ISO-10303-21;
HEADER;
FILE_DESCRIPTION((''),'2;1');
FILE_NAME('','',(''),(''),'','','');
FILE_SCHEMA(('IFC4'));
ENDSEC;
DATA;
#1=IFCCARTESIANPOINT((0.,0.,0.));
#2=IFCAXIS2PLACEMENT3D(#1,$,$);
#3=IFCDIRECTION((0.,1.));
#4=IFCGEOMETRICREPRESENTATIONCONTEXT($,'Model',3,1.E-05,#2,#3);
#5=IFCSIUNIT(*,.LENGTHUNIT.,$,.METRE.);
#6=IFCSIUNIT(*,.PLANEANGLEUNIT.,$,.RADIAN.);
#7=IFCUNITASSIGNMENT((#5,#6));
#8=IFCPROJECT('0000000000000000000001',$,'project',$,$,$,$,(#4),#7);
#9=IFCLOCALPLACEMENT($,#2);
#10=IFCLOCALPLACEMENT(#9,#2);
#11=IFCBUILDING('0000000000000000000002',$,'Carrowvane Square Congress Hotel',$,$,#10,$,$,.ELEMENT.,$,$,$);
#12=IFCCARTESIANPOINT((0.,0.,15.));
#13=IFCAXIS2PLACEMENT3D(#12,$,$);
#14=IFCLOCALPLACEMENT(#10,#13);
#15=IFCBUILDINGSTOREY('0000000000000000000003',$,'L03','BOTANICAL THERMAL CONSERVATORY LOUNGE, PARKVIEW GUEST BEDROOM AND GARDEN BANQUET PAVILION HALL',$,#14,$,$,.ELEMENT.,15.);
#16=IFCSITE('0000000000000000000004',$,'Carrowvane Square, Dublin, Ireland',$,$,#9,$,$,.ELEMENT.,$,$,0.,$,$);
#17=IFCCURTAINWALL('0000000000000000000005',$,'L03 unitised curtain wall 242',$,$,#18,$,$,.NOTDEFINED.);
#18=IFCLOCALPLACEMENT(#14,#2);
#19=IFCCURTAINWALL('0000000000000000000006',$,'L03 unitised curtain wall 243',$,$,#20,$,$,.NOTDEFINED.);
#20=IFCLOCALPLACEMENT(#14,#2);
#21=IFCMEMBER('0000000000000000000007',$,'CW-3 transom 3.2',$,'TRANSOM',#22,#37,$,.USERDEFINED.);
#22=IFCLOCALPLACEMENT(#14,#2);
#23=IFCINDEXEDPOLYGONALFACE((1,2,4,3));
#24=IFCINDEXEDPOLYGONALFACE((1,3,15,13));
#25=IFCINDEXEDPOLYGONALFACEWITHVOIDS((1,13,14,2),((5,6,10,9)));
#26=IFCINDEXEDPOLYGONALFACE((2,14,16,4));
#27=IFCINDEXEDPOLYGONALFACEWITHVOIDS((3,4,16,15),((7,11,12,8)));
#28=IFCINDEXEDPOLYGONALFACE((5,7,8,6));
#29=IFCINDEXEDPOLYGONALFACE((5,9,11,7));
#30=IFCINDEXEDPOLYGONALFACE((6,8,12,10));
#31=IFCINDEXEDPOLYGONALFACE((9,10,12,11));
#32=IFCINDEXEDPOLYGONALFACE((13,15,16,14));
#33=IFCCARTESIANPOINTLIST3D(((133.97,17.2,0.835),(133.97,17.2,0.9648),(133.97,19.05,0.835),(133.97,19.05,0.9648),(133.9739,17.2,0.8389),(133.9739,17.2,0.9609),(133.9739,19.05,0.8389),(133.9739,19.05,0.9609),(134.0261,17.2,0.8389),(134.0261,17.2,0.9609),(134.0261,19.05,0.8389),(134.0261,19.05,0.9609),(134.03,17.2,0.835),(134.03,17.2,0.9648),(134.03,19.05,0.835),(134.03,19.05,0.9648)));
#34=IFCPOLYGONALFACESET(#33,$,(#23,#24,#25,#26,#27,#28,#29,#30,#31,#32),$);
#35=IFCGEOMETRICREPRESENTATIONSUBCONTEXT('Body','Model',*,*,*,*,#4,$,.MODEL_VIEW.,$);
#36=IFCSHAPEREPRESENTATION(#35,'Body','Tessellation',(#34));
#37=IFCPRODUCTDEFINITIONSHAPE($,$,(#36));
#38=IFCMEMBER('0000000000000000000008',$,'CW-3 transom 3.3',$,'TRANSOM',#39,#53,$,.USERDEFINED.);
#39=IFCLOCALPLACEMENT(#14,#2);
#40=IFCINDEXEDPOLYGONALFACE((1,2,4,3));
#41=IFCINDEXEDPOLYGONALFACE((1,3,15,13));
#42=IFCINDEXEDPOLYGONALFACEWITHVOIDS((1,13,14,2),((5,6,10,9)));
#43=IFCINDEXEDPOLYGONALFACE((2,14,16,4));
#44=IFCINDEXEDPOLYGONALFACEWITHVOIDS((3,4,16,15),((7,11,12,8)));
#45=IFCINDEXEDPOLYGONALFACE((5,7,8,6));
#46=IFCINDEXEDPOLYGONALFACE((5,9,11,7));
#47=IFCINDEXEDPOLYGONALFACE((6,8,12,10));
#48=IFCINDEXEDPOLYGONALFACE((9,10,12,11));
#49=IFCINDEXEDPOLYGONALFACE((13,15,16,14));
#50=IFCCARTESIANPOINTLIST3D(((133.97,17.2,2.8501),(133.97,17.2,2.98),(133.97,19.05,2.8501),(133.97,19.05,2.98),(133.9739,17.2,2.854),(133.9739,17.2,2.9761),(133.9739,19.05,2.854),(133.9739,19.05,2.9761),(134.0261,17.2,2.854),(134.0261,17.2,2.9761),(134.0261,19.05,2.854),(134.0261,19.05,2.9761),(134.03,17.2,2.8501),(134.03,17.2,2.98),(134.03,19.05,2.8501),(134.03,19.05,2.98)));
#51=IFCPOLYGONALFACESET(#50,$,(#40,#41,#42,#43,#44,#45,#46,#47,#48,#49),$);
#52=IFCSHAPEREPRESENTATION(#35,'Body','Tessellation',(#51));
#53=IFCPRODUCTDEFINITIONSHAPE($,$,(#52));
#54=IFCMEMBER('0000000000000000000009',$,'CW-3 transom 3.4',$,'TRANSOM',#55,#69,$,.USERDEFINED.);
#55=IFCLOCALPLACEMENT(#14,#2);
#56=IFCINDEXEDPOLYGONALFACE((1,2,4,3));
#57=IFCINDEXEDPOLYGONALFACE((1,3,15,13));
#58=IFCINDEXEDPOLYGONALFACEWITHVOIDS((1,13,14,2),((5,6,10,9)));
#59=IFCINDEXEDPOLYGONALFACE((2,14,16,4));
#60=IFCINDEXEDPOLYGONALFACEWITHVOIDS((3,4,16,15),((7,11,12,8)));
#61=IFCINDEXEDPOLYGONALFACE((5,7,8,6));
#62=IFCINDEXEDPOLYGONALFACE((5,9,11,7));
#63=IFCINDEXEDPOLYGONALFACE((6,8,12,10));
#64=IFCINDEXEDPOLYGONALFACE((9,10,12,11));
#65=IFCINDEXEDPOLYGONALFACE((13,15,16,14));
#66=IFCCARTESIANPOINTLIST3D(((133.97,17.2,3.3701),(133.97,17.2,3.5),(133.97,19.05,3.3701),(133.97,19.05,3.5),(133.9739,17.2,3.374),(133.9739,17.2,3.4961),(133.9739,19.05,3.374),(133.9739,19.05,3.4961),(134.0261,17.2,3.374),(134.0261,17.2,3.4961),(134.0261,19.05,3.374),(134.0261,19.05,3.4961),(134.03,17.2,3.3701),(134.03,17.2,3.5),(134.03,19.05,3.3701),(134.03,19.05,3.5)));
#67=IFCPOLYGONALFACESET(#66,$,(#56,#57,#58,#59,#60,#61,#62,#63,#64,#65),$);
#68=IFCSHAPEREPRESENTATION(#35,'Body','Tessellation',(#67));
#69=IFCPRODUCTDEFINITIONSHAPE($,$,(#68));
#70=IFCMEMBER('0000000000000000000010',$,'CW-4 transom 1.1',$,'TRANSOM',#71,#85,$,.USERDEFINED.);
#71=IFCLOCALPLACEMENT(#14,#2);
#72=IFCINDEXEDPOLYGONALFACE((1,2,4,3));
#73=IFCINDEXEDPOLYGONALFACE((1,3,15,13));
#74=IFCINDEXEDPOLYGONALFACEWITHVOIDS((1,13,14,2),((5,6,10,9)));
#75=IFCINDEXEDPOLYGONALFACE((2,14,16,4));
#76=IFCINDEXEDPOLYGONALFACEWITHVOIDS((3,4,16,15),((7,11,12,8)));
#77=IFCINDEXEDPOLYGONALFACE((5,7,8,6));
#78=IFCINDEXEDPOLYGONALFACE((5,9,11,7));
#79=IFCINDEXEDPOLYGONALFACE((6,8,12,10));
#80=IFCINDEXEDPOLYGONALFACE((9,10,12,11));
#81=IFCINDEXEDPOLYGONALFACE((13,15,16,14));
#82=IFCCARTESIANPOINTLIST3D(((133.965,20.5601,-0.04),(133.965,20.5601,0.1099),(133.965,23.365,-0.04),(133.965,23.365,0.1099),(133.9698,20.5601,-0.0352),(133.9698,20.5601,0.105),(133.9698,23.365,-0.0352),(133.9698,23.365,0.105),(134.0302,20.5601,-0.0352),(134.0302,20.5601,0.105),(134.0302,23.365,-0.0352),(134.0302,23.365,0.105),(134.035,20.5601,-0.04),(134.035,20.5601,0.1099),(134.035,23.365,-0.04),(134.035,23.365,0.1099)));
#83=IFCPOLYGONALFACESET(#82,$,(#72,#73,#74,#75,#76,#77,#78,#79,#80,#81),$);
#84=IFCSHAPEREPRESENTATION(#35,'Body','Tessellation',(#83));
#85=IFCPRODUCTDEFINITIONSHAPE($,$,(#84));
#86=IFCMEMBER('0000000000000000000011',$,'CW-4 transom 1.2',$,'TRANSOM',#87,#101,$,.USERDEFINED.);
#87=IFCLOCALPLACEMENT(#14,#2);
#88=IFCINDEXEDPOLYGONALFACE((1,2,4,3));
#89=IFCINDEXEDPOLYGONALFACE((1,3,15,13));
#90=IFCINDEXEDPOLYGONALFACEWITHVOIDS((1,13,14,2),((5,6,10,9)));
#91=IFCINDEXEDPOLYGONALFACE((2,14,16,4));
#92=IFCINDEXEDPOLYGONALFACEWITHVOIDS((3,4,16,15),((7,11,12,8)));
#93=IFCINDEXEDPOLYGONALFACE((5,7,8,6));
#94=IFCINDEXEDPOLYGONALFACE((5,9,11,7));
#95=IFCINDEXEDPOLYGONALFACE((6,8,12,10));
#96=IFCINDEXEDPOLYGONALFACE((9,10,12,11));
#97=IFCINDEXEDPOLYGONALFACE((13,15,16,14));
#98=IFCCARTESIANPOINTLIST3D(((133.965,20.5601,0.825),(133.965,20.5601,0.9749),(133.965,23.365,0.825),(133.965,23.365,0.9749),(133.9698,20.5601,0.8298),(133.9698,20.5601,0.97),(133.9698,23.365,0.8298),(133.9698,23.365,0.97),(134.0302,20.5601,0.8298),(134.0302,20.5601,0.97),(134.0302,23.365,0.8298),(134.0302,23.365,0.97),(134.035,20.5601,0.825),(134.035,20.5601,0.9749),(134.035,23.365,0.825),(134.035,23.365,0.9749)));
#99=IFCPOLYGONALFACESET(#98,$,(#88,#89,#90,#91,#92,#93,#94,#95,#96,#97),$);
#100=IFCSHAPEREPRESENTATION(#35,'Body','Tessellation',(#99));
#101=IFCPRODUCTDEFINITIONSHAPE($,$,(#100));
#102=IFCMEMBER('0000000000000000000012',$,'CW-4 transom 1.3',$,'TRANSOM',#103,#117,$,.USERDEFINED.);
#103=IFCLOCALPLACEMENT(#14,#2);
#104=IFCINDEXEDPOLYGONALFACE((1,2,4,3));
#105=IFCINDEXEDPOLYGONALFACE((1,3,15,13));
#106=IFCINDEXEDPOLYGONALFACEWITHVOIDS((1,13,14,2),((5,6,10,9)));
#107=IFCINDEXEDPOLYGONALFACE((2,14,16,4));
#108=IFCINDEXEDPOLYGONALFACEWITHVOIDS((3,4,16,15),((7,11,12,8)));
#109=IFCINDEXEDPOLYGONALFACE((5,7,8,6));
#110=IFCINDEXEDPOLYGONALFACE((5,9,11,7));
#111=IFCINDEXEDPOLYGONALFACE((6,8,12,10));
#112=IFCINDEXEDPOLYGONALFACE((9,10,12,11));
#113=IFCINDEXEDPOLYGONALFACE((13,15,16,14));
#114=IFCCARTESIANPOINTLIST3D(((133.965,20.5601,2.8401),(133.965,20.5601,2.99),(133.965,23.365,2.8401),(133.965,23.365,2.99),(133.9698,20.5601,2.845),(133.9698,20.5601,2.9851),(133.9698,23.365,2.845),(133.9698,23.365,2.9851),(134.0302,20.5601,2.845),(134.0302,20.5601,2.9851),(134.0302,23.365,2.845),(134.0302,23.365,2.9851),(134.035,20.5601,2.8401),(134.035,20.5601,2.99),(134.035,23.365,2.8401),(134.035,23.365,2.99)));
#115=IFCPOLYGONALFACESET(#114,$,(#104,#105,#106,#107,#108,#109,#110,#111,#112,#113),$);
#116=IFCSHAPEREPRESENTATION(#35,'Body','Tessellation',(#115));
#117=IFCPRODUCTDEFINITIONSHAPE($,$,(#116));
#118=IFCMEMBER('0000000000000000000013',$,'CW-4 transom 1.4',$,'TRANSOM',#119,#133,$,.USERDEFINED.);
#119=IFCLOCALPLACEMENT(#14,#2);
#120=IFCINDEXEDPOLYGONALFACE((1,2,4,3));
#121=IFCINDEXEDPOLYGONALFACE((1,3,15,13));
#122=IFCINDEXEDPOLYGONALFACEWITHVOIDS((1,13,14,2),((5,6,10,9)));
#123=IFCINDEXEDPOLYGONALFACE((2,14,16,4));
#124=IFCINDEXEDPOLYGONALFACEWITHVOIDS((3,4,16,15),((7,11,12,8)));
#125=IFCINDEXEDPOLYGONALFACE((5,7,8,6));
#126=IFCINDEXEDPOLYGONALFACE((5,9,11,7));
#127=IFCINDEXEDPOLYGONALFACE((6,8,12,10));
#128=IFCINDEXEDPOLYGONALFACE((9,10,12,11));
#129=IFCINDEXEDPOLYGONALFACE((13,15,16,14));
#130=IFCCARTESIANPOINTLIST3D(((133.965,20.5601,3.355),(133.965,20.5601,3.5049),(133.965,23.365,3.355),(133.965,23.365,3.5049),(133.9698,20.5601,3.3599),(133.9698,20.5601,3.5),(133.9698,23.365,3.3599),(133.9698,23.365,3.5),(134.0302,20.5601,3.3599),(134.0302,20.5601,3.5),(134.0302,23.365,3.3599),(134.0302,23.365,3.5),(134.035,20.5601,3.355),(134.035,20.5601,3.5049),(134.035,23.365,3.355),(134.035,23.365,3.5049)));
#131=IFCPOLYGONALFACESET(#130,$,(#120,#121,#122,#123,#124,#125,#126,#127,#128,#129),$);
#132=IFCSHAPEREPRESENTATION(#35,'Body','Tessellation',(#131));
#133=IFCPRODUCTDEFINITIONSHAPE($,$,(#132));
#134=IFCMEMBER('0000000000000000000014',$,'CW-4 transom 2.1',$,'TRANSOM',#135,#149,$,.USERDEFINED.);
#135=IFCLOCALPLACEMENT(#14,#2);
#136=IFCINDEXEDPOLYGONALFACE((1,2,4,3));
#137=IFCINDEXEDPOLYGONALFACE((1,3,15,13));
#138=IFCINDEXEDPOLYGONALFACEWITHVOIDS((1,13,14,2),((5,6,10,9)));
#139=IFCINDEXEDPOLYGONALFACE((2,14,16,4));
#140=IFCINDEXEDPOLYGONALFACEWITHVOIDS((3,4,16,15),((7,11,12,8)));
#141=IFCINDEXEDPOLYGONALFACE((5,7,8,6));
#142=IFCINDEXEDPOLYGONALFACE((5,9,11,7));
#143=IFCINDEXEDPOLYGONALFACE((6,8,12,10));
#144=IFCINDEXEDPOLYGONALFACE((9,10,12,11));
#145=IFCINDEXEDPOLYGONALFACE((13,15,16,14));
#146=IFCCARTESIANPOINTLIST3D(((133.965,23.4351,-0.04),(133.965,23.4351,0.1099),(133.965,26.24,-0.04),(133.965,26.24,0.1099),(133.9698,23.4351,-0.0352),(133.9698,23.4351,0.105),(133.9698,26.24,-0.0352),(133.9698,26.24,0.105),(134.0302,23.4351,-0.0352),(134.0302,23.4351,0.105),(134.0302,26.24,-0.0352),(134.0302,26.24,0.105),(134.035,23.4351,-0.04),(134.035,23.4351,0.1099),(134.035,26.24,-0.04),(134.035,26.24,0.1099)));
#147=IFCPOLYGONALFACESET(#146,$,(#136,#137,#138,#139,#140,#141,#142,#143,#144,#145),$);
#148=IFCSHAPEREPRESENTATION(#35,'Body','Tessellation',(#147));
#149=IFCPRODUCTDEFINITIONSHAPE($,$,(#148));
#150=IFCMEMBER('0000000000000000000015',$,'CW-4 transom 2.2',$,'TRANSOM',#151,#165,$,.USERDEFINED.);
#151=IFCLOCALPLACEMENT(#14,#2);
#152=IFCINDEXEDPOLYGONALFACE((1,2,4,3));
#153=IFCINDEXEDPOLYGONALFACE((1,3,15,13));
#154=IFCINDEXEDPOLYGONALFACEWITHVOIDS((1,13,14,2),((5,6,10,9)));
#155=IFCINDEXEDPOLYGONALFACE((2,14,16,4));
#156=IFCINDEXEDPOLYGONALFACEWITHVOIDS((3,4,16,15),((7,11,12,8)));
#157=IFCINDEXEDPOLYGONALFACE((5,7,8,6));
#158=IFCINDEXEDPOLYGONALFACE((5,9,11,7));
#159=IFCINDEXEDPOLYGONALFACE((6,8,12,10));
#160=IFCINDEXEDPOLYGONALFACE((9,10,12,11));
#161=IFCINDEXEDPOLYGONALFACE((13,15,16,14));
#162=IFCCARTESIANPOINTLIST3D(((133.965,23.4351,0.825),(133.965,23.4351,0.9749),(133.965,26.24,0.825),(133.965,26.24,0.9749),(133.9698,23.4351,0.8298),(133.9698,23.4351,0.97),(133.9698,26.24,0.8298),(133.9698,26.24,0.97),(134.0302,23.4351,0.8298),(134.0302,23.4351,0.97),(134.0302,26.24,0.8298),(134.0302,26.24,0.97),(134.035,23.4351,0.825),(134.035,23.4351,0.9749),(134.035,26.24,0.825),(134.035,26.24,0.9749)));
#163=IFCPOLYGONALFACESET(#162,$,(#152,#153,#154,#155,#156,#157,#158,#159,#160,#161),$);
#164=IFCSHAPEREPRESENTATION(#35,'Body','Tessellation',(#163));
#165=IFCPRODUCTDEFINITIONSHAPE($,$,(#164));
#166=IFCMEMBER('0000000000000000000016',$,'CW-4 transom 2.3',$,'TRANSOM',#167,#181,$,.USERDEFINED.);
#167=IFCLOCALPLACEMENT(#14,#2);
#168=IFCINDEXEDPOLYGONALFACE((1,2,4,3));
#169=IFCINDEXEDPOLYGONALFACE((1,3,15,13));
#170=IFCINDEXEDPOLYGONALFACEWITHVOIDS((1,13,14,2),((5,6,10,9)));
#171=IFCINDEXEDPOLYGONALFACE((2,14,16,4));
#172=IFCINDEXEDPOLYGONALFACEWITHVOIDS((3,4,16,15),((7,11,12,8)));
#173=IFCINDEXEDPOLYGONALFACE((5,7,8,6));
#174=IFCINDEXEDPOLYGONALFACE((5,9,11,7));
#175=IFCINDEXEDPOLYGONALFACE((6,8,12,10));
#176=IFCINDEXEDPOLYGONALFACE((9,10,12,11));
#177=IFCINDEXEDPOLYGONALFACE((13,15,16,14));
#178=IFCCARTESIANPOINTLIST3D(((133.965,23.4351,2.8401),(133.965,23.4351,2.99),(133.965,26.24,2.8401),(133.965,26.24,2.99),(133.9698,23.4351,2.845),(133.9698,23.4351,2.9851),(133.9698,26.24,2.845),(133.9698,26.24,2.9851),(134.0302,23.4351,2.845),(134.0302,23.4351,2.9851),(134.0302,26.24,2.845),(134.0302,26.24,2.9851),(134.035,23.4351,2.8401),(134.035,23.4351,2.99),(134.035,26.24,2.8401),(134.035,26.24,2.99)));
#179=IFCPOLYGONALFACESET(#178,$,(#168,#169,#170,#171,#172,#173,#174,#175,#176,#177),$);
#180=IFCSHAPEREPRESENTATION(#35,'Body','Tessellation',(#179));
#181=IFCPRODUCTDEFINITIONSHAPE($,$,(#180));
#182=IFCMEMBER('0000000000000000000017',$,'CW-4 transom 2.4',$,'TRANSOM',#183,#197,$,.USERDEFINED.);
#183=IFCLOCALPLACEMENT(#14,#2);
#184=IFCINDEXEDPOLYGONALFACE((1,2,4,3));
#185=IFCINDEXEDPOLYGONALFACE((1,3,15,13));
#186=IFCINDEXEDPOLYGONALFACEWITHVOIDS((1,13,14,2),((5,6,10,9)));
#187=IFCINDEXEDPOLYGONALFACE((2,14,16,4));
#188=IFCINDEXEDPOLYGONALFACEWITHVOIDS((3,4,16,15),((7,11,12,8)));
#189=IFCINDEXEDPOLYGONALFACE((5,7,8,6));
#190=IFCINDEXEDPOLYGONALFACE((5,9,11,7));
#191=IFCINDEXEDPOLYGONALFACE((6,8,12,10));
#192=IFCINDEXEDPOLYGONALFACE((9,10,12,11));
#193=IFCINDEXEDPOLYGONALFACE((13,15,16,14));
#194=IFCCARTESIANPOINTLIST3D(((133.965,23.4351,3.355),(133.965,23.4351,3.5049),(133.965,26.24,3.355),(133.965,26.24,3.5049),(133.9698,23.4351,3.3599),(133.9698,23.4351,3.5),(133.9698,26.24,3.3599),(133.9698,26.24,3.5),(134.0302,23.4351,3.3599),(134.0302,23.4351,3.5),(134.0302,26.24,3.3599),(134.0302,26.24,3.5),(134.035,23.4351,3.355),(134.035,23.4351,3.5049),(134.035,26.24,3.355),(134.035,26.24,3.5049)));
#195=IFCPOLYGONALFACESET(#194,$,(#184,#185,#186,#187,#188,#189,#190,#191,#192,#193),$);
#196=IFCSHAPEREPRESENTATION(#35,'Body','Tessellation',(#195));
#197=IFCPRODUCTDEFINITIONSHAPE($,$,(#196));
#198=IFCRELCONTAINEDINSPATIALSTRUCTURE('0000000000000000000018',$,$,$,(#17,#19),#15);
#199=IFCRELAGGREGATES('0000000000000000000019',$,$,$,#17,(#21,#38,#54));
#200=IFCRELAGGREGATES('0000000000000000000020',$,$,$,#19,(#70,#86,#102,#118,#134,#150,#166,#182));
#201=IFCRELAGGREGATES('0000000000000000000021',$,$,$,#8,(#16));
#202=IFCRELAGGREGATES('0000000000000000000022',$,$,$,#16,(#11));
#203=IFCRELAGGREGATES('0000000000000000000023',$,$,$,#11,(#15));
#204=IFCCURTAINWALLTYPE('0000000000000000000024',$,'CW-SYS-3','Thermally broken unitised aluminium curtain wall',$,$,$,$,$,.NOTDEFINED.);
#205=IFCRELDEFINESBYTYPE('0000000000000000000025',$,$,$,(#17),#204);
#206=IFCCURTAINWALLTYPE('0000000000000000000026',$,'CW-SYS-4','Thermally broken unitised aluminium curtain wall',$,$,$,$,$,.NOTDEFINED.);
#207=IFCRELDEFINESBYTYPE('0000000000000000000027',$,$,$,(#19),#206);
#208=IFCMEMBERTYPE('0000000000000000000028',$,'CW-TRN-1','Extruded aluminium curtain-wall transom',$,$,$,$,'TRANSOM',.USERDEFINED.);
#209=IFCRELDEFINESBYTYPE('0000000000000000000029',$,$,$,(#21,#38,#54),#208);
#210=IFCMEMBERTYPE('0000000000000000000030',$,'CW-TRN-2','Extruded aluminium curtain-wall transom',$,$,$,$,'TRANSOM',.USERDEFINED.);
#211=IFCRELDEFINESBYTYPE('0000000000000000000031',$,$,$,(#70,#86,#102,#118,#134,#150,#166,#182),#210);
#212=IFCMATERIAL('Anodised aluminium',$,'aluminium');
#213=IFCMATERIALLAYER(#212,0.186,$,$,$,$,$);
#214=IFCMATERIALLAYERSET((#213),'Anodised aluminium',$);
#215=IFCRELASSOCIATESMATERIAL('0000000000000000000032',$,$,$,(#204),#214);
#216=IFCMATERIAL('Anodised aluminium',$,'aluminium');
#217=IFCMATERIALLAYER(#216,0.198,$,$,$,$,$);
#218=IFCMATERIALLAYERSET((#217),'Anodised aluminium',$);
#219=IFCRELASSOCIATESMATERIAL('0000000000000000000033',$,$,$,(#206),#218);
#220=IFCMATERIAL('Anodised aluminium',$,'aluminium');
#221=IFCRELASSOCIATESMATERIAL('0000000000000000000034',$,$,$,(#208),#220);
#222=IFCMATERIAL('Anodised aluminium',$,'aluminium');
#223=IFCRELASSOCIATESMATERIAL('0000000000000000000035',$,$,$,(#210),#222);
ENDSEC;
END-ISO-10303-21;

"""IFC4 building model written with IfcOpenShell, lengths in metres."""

from ifc_helpers import new_model, si_unit, direction, frame, origin, origin_2d, place, context, subcontext, project, spatial, hollow_rectangle, extrude, material, layer, layer_set, material_profile, profile_set, type_object, element, aggregate, save


model = new_model("IFC4")

# Units and contexts
model_context = context("Model", 3, precision=1e-05, world=origin(), true_north=direction((0.0, 1.0)))
body_context = subcontext(model_context, "Body", "Model", "MODEL_VIEW")
ifc_project = project(units=[si_unit("LENGTHUNIT", "METRE"), si_unit("PLANEANGLEUNIT", "RADIAN")], contexts=[model_context])

# Site, building, storey
site_placement = place(None, origin())
site = spatial("IfcSite", under=ifc_project, at=site_placement, Name="Carrowvane Square, Dublin, Ireland", CompositionType="ELEMENT", RefElevation=0.0)
building_placement = place(site_placement, origin())
building = spatial("IfcBuilding", under=site, at=building_placement, Name="Carrowvane Square Congress Hotel", CompositionType="ELEMENT")
storey_placement = place(building_placement, frame((0.0, 0.0, 15.0)))
storey = spatial("IfcBuildingStorey", under=building, at=storey_placement, Name="L03", Description="BOTANICAL THERMAL CONSERVATORY LOUNGE, PARKVIEW GUEST BEDROOM AND GARDEN BANQUET PAVILION HALL", CompositionType="ELEMENT", Elevation=15.0)

# Curtain wall
ifc_material_1 = material(Name="Anodised aluminium", Category="aluminium")
ifc_layer_1 = layer(ifc_material_1, 0.186)
ifc_layer_set_1 = layer_set([ifc_layer_1], Name="Anodised aluminium")
curtain_wall_type_1 = type_object("IfcCurtainWallType", Name="CW-SYS-3", Description="Thermally broken unitised aluminium curtain wall", PredefinedType="NOTDEFINED", material=ifc_layer_set_1)
curtain_wall_1_placement = place(storey_placement, origin())
curtain_wall_1 = element("IfcCurtainWall", 1, at=curtain_wall_1_placement, inside=storey, type_object=curtain_wall_type_1, Name="L03 unitised curtain wall 242", PredefinedType="NOTDEFINED")

# Curtain wall
ifc_material_2 = material(Name="Anodised aluminium", Category="aluminium")
ifc_layer_2 = layer(ifc_material_2, 0.198)
ifc_layer_set_2 = layer_set([ifc_layer_2], Name="Anodised aluminium")
curtain_wall_type_2 = type_object("IfcCurtainWallType", Name="CW-SYS-4", Description="Thermally broken unitised aluminium curtain wall", PredefinedType="NOTDEFINED", material=ifc_layer_set_2)
curtain_wall_2_placement = place(storey_placement, origin())
curtain_wall_2 = element("IfcCurtainWall", 2, at=curtain_wall_2_placement, inside=storey, type_object=curtain_wall_type_2, Name="L03 unitised curtain wall 243", PredefinedType="NOTDEFINED")

# Members
ifc_material_3 = material(Name="Anodised aluminium", Category="aluminium")
ifc_material_profile_1 = material_profile(ifc_material_3, hollow_rectangle(XDim=0.0601, YDim=0.1299, WallThickness=0.0039, at=origin_2d()), Name="CW-TR 60x130x4")
ifc_profile_set_1 = profile_set([ifc_material_profile_1], Name="Anodised aluminium")
member_type_1 = type_object("IfcMemberType", Name="CW-TRN-1", Description="Extruded aluminium curtain-wall transom", ElementType="TRANSOM", PredefinedType="USERDEFINED", material=ifc_profile_set_1)
member_1_placement = place(storey_placement, frame((134.0, 17.2, 0.8999), z_axis=(0.0, 1.0, 0.0), x_axis=(-1.0, 0.0, 0.0)))
member_1 = element("IfcMember", 3, at=member_1_placement, type_object=member_type_1, Name="CW-3 transom 3.2", ObjectType="TRANSOM", PredefinedType="USERDEFINED", context=body_context, shape_type="SweptSolid", body=[
    extrude(hollow_rectangle(XDim=0.0601, YDim=0.1299, WallThickness=0.0039, at=origin_2d()), origin(), (0.0, 0.0, 1.0), 1.8501),
])
member_2_placement = place(storey_placement, frame((134.0, 17.2, 2.915), z_axis=(0.0, 1.0, 0.0), x_axis=(-1.0, 0.0, 0.0)))
member_2 = element("IfcMember", 4, at=member_2_placement, type_object=member_type_1, Name="CW-3 transom 3.3", ObjectType="TRANSOM", PredefinedType="USERDEFINED", context=body_context, shape_type="SweptSolid", body=[
    extrude(hollow_rectangle(XDim=0.0601, YDim=0.1299, WallThickness=0.0039, at=origin_2d()), origin(), (0.0, 0.0, 1.0), 1.8501),
])
member_3_placement = place(storey_placement, frame((134.0, 17.2, 3.4351), z_axis=(0.0, 1.0, 0.0), x_axis=(-1.0, 0.0, 0.0)))
member_3 = element("IfcMember", 5, at=member_3_placement, type_object=member_type_1, Name="CW-3 transom 3.4", ObjectType="TRANSOM", PredefinedType="USERDEFINED", context=body_context, shape_type="SweptSolid", body=[
    extrude(hollow_rectangle(XDim=0.0601, YDim=0.1299, WallThickness=0.0039, at=origin_2d()), origin(), (0.0, 0.0, 1.0), 1.8501),
])
ifc_material_4 = material(Name="Anodised aluminium", Category="aluminium")
ifc_material_profile_2 = material_profile(ifc_material_4, hollow_rectangle(XDim=0.0701, YDim=0.1499, WallThickness=0.0049, at=origin_2d()), Name="CW-TR 70x150x5")
ifc_profile_set_2 = profile_set([ifc_material_profile_2], Name="Anodised aluminium")
member_type_2 = type_object("IfcMemberType", Name="CW-TRN-2", Description="Extruded aluminium curtain-wall transom", ElementType="TRANSOM", PredefinedType="USERDEFINED", material=ifc_profile_set_2)
member_4_placement = place(storey_placement, frame((134.0, 20.5601, 0.0349), z_axis=(0.0, 1.0, 0.0), x_axis=(-1.0, 0.0, 0.0)))
member_4 = element("IfcMember", 6, at=member_4_placement, type_object=member_type_2, Name="CW-4 transom 1.1", ObjectType="TRANSOM", PredefinedType="USERDEFINED", context=body_context, shape_type="SweptSolid", body=[
    extrude(hollow_rectangle(XDim=0.0701, YDim=0.1499, WallThickness=0.0049, at=origin_2d()), origin(), (0.0, 0.0, 1.0), 2.8049),
])
member_5_placement = place(storey_placement, frame((134.0, 20.5601, 0.8999), z_axis=(0.0, 1.0, 0.0), x_axis=(-1.0, 0.0, 0.0)))
member_5 = element("IfcMember", 7, at=member_5_placement, type_object=member_type_2, Name="CW-4 transom 1.2", ObjectType="TRANSOM", PredefinedType="USERDEFINED", context=body_context, shape_type="SweptSolid", body=[
    extrude(hollow_rectangle(XDim=0.0701, YDim=0.1499, WallThickness=0.0049, at=origin_2d()), origin(), (0.0, 0.0, 1.0), 2.8049),
])
member_6_placement = place(storey_placement, frame((134.0, 20.5601, 2.915), z_axis=(0.0, 1.0, 0.0), x_axis=(-1.0, 0.0, 0.0)))
member_6 = element("IfcMember", 8, at=member_6_placement, type_object=member_type_2, Name="CW-4 transom 1.3", ObjectType="TRANSOM", PredefinedType="USERDEFINED", context=body_context, shape_type="SweptSolid", body=[
    extrude(hollow_rectangle(XDim=0.0701, YDim=0.1499, WallThickness=0.0049, at=origin_2d()), origin(), (0.0, 0.0, 1.0), 2.8049),
])
member_7_placement = place(storey_placement, frame((134.0, 20.5601, 3.4299), z_axis=(0.0, 1.0, 0.0), x_axis=(-1.0, 0.0, 0.0)))
member_7 = element("IfcMember", 9, at=member_7_placement, type_object=member_type_2, Name="CW-4 transom 1.4", ObjectType="TRANSOM", PredefinedType="USERDEFINED", context=body_context, shape_type="SweptSolid", body=[
    extrude(hollow_rectangle(XDim=0.0701, YDim=0.1499, WallThickness=0.0049, at=origin_2d()), origin(), (0.0, 0.0, 1.0), 2.8049),
])
member_8_placement = place(storey_placement, frame((134.0, 23.4351, 0.0349), z_axis=(0.0, 1.0, 0.0), x_axis=(-1.0, 0.0, 0.0)))
member_8 = element("IfcMember", 10, at=member_8_placement, type_object=member_type_2, Name="CW-4 transom 2.1", ObjectType="TRANSOM", PredefinedType="USERDEFINED", context=body_context, shape_type="SweptSolid", body=[
    extrude(hollow_rectangle(XDim=0.0701, YDim=0.1499, WallThickness=0.0049, at=origin_2d()), origin(), (0.0, 0.0, 1.0), 2.8049),
])
member_9_placement = place(storey_placement, frame((134.0, 23.4351, 0.8999), z_axis=(0.0, 1.0, 0.0), x_axis=(-1.0, 0.0, 0.0)))
member_9 = element("IfcMember", 11, at=member_9_placement, type_object=member_type_2, Name="CW-4 transom 2.2", ObjectType="TRANSOM", PredefinedType="USERDEFINED", context=body_context, shape_type="SweptSolid", body=[
    extrude(hollow_rectangle(XDim=0.0701, YDim=0.1499, WallThickness=0.0049, at=origin_2d()), origin(), (0.0, 0.0, 1.0), 2.8049),
])
member_10_placement = place(storey_placement, frame((134.0, 23.4351, 2.915), z_axis=(0.0, 1.0, 0.0), x_axis=(-1.0, 0.0, 0.0)))
member_10 = element("IfcMember", 12, at=member_10_placement, type_object=member_type_2, Name="CW-4 transom 2.3", ObjectType="TRANSOM", PredefinedType="USERDEFINED", context=body_context, shape_type="SweptSolid", body=[
    extrude(hollow_rectangle(XDim=0.0701, YDim=0.1499, WallThickness=0.0049, at=origin_2d()), origin(), (0.0, 0.0, 1.0), 2.8049),
])
member_11_placement = place(storey_placement, frame((134.0, 23.4351, 3.4299), z_axis=(0.0, 1.0, 0.0), x_axis=(-1.0, 0.0, 0.0)))
member_11 = element("IfcMember", 13, at=member_11_placement, type_object=member_type_2, Name="CW-4 transom 2.4", ObjectType="TRANSOM", PredefinedType="USERDEFINED", context=body_context, shape_type="SweptSolid", body=[
    extrude(hollow_rectangle(XDim=0.0701, YDim=0.1499, WallThickness=0.0049, at=origin_2d()), origin(), (0.0, 0.0, 1.0), 2.8049),
])

aggregate(curtain_wall_1, [member_1, member_2, member_3])
aggregate(curtain_wall_2, [member_4, member_5, member_6, member_7, member_8, member_9, member_10, member_11])

save(model, "model.ifc")
